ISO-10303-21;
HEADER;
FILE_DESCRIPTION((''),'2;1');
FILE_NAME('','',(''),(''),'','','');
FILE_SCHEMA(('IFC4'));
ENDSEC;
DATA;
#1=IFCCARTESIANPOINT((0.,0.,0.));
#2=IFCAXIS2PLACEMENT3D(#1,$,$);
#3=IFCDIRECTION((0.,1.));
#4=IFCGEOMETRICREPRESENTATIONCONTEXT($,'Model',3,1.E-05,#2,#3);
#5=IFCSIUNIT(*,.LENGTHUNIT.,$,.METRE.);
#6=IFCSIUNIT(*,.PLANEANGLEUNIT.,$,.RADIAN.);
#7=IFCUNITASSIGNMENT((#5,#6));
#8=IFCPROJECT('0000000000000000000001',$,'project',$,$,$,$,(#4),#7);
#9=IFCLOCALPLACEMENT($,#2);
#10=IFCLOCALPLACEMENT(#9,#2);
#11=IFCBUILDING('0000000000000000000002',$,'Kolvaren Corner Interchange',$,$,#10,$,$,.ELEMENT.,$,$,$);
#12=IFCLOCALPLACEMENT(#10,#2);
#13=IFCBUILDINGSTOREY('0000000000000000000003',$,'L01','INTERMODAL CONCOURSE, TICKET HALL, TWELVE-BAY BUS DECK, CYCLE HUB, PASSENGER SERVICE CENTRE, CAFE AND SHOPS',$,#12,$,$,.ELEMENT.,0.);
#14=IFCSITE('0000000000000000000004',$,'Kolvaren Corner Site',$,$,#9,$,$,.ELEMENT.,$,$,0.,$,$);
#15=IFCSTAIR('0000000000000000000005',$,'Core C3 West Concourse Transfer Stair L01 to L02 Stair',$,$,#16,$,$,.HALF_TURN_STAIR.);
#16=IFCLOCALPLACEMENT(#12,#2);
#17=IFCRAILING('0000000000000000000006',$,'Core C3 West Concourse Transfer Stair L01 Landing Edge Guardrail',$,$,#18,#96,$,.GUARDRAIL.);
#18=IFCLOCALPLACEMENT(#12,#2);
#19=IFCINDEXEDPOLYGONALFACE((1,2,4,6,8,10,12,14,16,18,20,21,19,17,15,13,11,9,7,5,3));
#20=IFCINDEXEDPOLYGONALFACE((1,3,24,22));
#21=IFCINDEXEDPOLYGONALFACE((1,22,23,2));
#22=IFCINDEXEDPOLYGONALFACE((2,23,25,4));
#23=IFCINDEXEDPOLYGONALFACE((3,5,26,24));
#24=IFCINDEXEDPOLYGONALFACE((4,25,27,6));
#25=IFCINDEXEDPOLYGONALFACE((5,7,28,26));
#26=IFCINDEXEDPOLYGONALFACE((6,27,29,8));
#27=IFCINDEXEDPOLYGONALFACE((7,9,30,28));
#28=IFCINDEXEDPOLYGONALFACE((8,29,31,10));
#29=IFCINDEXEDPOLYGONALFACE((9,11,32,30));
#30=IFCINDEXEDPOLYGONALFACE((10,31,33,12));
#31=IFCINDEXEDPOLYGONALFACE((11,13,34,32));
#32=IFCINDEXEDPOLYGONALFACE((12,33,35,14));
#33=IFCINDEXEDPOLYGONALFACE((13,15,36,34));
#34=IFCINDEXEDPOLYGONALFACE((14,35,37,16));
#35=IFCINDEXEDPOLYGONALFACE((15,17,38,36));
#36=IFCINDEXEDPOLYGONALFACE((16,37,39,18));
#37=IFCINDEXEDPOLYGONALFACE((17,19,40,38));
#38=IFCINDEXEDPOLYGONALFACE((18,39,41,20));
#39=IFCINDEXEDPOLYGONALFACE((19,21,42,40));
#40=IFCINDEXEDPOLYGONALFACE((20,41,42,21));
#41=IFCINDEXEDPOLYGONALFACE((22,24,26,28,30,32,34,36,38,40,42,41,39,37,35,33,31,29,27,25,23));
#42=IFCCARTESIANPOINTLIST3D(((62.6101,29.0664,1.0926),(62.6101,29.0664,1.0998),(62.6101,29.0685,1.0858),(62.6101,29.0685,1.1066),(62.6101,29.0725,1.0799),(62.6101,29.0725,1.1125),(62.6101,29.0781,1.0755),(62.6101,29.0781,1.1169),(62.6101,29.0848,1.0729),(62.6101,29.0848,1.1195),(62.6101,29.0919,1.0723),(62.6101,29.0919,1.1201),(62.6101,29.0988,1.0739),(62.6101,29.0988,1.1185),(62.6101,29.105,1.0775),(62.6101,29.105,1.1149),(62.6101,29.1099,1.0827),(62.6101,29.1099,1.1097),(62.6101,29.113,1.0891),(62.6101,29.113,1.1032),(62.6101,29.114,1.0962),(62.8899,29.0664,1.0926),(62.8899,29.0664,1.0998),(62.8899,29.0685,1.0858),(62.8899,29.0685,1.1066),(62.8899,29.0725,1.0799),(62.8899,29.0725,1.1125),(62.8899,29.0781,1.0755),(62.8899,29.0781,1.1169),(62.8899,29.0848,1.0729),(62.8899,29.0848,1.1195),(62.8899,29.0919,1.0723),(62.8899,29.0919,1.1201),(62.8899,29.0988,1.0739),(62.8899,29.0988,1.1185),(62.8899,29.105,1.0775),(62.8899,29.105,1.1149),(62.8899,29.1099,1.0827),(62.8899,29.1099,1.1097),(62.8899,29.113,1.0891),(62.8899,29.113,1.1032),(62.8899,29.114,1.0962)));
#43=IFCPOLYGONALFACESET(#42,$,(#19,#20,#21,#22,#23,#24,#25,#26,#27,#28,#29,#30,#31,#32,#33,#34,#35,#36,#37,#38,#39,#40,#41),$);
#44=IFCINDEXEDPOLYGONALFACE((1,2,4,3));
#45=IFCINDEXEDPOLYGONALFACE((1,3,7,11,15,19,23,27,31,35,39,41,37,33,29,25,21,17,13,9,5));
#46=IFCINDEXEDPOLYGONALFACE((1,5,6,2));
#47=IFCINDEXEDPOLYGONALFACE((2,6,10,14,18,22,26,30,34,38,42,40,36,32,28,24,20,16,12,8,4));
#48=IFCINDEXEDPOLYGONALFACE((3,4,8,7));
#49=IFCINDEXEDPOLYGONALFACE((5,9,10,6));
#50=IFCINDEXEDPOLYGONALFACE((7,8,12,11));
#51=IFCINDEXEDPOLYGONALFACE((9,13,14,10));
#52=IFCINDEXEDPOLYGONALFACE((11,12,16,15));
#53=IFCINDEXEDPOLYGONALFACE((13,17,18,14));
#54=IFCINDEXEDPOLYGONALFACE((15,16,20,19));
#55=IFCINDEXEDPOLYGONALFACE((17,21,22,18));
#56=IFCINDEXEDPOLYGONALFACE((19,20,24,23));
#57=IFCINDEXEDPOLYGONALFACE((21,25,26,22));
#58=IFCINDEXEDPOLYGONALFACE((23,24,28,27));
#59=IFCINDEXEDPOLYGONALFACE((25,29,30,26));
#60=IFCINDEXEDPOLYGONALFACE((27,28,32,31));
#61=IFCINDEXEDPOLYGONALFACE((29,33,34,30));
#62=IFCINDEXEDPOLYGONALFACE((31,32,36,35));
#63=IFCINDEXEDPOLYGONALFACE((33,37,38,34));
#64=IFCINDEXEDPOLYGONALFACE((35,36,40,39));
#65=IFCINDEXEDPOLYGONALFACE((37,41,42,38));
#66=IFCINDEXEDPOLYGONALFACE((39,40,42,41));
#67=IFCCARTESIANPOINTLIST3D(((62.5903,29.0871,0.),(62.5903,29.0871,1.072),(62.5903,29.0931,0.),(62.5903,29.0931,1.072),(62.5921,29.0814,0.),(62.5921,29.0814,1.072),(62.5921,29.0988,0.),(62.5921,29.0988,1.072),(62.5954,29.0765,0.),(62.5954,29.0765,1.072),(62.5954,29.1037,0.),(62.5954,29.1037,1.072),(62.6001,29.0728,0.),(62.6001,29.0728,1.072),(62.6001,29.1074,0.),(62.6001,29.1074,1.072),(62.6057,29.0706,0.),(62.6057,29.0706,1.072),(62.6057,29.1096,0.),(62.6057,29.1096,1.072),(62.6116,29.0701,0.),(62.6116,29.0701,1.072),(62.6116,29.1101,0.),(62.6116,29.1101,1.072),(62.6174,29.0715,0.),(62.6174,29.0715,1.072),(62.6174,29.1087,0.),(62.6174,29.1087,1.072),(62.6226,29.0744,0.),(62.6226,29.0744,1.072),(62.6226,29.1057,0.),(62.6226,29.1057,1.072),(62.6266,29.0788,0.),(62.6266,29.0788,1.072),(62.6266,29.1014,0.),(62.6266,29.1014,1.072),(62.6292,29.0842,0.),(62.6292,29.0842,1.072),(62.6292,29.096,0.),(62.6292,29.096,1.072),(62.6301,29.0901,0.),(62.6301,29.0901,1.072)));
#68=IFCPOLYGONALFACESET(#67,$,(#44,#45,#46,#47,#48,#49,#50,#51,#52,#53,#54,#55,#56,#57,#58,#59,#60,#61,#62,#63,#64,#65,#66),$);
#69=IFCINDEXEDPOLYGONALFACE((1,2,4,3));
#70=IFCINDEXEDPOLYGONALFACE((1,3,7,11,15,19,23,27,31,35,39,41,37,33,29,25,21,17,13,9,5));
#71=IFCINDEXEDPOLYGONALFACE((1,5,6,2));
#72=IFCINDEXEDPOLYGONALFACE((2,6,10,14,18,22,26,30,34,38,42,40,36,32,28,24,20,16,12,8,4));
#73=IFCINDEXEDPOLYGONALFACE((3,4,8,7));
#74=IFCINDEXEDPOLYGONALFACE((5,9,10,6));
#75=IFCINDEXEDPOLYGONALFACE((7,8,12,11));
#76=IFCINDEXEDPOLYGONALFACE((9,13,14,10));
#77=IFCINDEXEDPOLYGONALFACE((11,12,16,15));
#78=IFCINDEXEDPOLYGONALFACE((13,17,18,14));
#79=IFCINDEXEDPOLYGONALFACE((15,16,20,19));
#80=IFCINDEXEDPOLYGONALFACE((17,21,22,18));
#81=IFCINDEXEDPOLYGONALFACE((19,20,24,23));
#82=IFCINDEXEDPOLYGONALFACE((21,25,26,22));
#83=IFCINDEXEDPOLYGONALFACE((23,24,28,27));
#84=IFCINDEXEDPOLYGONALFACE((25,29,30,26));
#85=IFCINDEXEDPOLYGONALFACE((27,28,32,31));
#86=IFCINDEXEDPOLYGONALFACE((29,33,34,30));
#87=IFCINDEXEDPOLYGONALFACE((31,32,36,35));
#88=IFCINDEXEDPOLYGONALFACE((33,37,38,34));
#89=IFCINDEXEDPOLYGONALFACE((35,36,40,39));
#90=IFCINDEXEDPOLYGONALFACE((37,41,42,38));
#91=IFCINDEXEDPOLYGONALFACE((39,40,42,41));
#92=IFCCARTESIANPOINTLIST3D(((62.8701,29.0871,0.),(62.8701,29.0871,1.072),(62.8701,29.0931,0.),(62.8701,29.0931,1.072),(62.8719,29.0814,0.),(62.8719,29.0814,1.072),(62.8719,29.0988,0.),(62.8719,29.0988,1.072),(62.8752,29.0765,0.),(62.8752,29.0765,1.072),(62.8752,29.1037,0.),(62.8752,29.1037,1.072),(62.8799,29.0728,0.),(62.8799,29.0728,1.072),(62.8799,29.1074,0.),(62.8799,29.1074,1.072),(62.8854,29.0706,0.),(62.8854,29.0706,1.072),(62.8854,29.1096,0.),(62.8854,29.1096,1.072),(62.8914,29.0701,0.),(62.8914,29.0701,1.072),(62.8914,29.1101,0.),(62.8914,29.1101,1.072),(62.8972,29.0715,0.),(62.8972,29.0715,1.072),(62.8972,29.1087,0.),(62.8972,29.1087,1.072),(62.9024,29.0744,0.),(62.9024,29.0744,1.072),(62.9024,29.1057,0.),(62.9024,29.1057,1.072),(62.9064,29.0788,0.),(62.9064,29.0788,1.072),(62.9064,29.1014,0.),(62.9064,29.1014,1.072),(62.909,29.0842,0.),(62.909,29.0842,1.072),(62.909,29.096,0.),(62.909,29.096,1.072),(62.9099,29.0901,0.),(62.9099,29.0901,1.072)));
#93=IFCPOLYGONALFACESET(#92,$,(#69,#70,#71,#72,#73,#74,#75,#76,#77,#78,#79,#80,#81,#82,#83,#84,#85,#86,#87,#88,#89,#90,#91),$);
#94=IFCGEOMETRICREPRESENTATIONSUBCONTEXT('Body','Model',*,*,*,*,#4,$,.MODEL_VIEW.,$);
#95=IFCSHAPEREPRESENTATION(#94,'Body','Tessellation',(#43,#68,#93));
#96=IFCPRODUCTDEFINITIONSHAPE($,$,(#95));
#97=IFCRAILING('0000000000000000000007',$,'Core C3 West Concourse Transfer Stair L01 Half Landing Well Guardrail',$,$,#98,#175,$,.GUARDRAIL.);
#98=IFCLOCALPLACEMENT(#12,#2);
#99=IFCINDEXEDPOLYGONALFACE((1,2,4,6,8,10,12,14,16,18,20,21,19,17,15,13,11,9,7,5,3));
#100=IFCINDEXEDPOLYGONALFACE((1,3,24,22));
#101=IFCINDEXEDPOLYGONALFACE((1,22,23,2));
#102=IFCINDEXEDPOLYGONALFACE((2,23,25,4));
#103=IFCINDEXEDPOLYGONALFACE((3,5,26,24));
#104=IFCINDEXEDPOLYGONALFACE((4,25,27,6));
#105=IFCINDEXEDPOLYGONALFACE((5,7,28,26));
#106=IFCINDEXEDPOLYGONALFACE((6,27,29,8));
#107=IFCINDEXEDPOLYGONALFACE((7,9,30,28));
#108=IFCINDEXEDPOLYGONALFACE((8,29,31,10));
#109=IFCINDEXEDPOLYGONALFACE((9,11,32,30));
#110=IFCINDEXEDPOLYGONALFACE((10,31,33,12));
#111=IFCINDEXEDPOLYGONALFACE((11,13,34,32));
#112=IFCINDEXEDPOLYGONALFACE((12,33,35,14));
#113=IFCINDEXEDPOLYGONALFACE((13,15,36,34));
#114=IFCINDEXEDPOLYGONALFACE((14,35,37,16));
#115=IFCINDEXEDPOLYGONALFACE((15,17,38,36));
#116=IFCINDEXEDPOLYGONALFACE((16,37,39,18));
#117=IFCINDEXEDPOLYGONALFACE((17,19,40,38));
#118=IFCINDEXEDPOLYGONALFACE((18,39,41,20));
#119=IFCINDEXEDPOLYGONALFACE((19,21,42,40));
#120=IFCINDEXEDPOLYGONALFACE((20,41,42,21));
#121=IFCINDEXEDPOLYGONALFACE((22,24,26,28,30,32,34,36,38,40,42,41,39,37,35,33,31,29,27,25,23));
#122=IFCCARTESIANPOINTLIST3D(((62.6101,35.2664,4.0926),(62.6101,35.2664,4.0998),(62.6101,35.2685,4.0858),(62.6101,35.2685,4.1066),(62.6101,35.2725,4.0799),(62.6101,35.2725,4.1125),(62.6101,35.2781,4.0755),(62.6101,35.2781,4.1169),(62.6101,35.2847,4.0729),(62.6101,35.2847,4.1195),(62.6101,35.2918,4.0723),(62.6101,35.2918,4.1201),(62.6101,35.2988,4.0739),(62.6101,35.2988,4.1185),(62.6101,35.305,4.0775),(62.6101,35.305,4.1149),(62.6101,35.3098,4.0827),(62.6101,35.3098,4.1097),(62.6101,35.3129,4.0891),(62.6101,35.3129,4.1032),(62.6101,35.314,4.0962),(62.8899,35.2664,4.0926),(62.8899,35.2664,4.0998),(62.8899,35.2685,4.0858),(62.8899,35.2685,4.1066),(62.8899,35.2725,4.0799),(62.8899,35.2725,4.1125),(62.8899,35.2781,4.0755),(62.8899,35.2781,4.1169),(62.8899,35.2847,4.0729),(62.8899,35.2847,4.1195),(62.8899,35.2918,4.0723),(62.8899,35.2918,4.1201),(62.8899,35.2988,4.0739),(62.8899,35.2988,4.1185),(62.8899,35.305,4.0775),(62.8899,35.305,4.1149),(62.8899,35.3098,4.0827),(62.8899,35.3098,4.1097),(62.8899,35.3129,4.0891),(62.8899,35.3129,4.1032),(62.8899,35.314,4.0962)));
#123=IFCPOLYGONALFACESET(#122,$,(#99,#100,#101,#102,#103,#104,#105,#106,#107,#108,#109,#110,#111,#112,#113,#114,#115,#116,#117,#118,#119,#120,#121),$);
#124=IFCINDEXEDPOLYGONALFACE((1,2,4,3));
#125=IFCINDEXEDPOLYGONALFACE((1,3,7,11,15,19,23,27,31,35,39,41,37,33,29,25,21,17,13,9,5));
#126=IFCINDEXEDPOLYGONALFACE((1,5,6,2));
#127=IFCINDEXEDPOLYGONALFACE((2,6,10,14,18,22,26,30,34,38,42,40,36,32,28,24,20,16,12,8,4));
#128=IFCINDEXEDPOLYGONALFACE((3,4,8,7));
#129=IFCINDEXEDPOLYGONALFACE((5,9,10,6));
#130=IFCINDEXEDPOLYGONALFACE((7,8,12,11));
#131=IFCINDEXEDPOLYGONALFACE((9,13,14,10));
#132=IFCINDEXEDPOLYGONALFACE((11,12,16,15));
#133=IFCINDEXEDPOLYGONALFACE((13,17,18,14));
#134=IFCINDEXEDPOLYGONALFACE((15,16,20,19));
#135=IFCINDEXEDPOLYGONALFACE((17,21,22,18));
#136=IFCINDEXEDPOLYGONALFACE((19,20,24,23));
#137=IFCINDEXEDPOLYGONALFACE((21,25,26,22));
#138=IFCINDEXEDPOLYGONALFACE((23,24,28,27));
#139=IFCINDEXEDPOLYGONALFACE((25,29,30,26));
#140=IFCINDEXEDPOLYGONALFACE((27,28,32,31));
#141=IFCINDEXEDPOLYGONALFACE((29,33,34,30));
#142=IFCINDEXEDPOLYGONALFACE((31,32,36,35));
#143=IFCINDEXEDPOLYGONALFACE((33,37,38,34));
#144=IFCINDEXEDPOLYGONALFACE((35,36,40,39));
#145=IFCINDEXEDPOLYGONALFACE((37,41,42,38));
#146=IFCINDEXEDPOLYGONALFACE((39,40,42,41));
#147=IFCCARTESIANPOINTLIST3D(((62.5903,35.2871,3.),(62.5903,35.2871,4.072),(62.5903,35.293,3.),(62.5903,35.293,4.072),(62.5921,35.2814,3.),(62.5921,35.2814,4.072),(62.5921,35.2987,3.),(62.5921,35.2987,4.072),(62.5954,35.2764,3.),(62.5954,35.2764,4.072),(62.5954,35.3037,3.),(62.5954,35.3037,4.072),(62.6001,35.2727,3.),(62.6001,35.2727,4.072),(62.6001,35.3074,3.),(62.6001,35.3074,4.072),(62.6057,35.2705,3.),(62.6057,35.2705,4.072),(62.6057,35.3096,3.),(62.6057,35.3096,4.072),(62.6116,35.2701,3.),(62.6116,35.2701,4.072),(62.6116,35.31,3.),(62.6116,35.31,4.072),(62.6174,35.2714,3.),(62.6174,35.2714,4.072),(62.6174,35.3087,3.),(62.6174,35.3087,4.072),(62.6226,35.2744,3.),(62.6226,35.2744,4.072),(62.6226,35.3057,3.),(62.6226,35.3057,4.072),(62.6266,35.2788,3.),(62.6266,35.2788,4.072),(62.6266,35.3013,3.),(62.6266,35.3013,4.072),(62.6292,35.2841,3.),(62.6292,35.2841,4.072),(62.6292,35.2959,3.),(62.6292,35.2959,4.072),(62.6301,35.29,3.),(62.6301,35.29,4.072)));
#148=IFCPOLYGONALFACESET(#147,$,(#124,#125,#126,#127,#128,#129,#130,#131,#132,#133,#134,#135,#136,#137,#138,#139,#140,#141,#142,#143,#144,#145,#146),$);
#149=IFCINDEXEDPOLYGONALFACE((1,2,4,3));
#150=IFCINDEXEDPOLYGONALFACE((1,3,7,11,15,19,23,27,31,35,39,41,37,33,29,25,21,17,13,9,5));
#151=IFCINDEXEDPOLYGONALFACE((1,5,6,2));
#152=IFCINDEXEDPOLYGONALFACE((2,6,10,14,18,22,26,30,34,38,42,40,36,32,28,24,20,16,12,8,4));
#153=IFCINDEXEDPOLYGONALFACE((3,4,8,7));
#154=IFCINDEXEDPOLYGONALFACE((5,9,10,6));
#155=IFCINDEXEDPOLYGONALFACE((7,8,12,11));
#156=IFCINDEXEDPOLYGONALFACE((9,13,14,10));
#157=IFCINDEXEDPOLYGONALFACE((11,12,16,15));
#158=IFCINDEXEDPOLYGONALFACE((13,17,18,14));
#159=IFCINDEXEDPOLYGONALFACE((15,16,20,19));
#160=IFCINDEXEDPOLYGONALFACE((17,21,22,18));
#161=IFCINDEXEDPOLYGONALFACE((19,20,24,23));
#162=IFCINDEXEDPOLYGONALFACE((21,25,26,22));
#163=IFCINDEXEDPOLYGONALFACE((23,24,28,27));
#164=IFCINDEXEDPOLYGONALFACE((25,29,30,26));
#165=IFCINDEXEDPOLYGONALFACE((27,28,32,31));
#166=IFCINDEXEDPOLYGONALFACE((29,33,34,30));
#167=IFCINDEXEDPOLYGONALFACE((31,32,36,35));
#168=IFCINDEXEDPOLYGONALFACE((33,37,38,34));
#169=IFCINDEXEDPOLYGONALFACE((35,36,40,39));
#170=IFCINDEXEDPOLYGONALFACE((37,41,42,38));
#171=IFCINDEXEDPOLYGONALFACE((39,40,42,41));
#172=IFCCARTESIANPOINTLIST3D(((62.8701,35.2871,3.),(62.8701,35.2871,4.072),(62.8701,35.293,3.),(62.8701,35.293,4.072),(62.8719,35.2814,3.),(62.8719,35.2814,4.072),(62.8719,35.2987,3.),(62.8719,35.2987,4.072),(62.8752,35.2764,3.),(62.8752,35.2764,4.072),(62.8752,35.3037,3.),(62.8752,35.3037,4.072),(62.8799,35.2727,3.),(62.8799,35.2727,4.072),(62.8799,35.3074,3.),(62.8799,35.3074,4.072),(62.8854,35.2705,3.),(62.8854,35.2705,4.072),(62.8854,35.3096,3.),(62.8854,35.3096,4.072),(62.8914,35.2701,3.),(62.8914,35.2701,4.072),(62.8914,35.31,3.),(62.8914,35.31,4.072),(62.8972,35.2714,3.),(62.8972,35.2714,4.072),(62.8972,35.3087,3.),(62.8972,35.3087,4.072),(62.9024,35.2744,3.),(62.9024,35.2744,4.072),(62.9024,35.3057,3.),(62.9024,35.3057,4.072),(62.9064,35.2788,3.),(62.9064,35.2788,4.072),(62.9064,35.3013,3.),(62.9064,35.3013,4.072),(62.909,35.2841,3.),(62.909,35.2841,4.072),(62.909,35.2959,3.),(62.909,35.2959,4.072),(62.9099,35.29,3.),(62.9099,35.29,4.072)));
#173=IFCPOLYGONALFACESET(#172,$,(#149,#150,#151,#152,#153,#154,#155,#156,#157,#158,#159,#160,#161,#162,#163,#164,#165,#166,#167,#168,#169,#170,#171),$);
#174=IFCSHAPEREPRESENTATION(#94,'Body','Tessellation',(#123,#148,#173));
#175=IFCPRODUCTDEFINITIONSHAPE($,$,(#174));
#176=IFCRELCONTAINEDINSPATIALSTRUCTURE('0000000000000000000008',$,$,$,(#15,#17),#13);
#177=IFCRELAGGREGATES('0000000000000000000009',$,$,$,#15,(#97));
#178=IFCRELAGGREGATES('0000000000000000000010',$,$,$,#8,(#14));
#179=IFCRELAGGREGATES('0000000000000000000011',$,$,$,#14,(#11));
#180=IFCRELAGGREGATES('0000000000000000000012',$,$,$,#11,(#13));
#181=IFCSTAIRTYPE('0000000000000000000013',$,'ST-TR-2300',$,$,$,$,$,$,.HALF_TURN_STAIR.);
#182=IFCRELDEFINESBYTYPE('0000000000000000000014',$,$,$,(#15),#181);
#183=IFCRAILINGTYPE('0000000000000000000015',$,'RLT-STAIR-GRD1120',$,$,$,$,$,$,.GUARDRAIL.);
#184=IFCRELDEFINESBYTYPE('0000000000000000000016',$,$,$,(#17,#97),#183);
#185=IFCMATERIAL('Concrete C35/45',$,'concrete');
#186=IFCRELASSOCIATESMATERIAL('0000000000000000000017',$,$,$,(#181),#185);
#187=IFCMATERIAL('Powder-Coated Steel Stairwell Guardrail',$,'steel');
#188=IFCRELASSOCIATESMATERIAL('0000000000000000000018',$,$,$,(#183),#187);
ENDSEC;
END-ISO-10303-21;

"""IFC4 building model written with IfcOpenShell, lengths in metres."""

from ifc_helpers import new_model, si_unit, direction, frame, origin, origin_2d, place, context, subcontext, project, spatial, circle, extrude, material, type_object, element, aggregate, save


model = new_model("IFC4")

# Units and contexts
model_context = context("Model", 3, precision=1e-05, world=origin(), true_north=direction((0.0, 1.0)))
body_context = subcontext(model_context, "Body", "Model", "MODEL_VIEW")
ifc_project = project(units=[si_unit("LENGTHUNIT", "METRE"), si_unit("PLANEANGLEUNIT", "RADIAN")], contexts=[model_context])

# Site, building, storey
site_placement = place(None, origin())
site = spatial("IfcSite", under=ifc_project, at=site_placement, Name="Kolvaren Corner Site", CompositionType="ELEMENT", RefElevation=0.0)
building_placement = place(site_placement, origin())
building = spatial("IfcBuilding", under=site, at=building_placement, Name="Kolvaren Corner Interchange", CompositionType="ELEMENT")
storey_placement = place(building_placement, origin())
storey = spatial("IfcBuildingStorey", under=building, at=storey_placement, Name="L01", Description="INTERMODAL CONCOURSE, TICKET HALL, TWELVE-BAY BUS DECK, CYCLE HUB, PASSENGER SERVICE CENTRE, CAFE AND SHOPS", CompositionType="ELEMENT", Elevation=0.0)

# Stair
ifc_material_1 = material(Name="Concrete C35/45", Category="concrete")
stair_type = type_object("IfcStairType", Name="ST-TR-2300", PredefinedType="HALF_TURN_STAIR", material=ifc_material_1)
stair_placement = place(storey_placement, origin())
stair = element("IfcStair", 1, at=stair_placement, inside=storey, type_object=stair_type, Name="Core C3 West Concourse Transfer Stair L01 to L02 Stair", PredefinedType="HALF_TURN_STAIR")

# Railings
ifc_material_2 = material(Name="Powder-Coated Steel Stairwell Guardrail", Category="steel")
railing_type_1 = type_object("IfcRailingType", Name="RLT-STAIR-GRD1120", PredefinedType="GUARDRAIL", material=ifc_material_2)
railing_1_placement = place(storey_placement, frame((62.6101, 29.0901, 0.0)))
element("IfcRailing", 2, at=railing_1_placement, inside=storey, type_object=railing_type_1, Name="Core C3 West Concourse Transfer Stair L01 Landing Edge Guardrail", PredefinedType="GUARDRAIL", context=body_context, shape_type="SweptSolid", body=[
    extrude(circle(Radius=0.0239, at=origin_2d()), frame((0.0, 0.0, 1.0962), z_axis=(1.0, 0.0, 0.0), x_axis=(0.0, 1.0, 0.0)), (0.0, 0.0, 1.0), 0.2798),
    extrude(circle(Radius=0.02, at=origin_2d()), origin(), (0.0, 0.0, 1.0), 1.072),
    extrude(circle(Radius=0.02, at=origin_2d()), frame((0.2798, 0.0, 0.0)), (0.0, 0.0, 1.0), 1.072),
])
railing_2_placement = place(storey_placement, frame((62.6101, 35.29, 3.0)))
railing_2 = element("IfcRailing", 3, at=railing_2_placement, type_object=railing_type_1, Name="Core C3 West Concourse Transfer Stair L01 Half Landing Well Guardrail", PredefinedType="GUARDRAIL", context=body_context, shape_type="SweptSolid", body=[
    extrude(circle(Radius=0.0239, at=origin_2d()), frame((0.0, 0.0, 1.0962), z_axis=(1.0, 0.0, 0.0), x_axis=(0.0, 1.0, 0.0)), (0.0, 0.0, 1.0), 0.2798),
    extrude(circle(Radius=0.02, at=origin_2d()), origin(), (0.0, 0.0, 1.0), 1.072),
    extrude(circle(Radius=0.02, at=origin_2d()), frame((0.2798, 0.0, 0.0)), (0.0, 0.0, 1.0), 1.072),
])
aggregate(stair, [railing_2])

save(model, "model.ifc")
